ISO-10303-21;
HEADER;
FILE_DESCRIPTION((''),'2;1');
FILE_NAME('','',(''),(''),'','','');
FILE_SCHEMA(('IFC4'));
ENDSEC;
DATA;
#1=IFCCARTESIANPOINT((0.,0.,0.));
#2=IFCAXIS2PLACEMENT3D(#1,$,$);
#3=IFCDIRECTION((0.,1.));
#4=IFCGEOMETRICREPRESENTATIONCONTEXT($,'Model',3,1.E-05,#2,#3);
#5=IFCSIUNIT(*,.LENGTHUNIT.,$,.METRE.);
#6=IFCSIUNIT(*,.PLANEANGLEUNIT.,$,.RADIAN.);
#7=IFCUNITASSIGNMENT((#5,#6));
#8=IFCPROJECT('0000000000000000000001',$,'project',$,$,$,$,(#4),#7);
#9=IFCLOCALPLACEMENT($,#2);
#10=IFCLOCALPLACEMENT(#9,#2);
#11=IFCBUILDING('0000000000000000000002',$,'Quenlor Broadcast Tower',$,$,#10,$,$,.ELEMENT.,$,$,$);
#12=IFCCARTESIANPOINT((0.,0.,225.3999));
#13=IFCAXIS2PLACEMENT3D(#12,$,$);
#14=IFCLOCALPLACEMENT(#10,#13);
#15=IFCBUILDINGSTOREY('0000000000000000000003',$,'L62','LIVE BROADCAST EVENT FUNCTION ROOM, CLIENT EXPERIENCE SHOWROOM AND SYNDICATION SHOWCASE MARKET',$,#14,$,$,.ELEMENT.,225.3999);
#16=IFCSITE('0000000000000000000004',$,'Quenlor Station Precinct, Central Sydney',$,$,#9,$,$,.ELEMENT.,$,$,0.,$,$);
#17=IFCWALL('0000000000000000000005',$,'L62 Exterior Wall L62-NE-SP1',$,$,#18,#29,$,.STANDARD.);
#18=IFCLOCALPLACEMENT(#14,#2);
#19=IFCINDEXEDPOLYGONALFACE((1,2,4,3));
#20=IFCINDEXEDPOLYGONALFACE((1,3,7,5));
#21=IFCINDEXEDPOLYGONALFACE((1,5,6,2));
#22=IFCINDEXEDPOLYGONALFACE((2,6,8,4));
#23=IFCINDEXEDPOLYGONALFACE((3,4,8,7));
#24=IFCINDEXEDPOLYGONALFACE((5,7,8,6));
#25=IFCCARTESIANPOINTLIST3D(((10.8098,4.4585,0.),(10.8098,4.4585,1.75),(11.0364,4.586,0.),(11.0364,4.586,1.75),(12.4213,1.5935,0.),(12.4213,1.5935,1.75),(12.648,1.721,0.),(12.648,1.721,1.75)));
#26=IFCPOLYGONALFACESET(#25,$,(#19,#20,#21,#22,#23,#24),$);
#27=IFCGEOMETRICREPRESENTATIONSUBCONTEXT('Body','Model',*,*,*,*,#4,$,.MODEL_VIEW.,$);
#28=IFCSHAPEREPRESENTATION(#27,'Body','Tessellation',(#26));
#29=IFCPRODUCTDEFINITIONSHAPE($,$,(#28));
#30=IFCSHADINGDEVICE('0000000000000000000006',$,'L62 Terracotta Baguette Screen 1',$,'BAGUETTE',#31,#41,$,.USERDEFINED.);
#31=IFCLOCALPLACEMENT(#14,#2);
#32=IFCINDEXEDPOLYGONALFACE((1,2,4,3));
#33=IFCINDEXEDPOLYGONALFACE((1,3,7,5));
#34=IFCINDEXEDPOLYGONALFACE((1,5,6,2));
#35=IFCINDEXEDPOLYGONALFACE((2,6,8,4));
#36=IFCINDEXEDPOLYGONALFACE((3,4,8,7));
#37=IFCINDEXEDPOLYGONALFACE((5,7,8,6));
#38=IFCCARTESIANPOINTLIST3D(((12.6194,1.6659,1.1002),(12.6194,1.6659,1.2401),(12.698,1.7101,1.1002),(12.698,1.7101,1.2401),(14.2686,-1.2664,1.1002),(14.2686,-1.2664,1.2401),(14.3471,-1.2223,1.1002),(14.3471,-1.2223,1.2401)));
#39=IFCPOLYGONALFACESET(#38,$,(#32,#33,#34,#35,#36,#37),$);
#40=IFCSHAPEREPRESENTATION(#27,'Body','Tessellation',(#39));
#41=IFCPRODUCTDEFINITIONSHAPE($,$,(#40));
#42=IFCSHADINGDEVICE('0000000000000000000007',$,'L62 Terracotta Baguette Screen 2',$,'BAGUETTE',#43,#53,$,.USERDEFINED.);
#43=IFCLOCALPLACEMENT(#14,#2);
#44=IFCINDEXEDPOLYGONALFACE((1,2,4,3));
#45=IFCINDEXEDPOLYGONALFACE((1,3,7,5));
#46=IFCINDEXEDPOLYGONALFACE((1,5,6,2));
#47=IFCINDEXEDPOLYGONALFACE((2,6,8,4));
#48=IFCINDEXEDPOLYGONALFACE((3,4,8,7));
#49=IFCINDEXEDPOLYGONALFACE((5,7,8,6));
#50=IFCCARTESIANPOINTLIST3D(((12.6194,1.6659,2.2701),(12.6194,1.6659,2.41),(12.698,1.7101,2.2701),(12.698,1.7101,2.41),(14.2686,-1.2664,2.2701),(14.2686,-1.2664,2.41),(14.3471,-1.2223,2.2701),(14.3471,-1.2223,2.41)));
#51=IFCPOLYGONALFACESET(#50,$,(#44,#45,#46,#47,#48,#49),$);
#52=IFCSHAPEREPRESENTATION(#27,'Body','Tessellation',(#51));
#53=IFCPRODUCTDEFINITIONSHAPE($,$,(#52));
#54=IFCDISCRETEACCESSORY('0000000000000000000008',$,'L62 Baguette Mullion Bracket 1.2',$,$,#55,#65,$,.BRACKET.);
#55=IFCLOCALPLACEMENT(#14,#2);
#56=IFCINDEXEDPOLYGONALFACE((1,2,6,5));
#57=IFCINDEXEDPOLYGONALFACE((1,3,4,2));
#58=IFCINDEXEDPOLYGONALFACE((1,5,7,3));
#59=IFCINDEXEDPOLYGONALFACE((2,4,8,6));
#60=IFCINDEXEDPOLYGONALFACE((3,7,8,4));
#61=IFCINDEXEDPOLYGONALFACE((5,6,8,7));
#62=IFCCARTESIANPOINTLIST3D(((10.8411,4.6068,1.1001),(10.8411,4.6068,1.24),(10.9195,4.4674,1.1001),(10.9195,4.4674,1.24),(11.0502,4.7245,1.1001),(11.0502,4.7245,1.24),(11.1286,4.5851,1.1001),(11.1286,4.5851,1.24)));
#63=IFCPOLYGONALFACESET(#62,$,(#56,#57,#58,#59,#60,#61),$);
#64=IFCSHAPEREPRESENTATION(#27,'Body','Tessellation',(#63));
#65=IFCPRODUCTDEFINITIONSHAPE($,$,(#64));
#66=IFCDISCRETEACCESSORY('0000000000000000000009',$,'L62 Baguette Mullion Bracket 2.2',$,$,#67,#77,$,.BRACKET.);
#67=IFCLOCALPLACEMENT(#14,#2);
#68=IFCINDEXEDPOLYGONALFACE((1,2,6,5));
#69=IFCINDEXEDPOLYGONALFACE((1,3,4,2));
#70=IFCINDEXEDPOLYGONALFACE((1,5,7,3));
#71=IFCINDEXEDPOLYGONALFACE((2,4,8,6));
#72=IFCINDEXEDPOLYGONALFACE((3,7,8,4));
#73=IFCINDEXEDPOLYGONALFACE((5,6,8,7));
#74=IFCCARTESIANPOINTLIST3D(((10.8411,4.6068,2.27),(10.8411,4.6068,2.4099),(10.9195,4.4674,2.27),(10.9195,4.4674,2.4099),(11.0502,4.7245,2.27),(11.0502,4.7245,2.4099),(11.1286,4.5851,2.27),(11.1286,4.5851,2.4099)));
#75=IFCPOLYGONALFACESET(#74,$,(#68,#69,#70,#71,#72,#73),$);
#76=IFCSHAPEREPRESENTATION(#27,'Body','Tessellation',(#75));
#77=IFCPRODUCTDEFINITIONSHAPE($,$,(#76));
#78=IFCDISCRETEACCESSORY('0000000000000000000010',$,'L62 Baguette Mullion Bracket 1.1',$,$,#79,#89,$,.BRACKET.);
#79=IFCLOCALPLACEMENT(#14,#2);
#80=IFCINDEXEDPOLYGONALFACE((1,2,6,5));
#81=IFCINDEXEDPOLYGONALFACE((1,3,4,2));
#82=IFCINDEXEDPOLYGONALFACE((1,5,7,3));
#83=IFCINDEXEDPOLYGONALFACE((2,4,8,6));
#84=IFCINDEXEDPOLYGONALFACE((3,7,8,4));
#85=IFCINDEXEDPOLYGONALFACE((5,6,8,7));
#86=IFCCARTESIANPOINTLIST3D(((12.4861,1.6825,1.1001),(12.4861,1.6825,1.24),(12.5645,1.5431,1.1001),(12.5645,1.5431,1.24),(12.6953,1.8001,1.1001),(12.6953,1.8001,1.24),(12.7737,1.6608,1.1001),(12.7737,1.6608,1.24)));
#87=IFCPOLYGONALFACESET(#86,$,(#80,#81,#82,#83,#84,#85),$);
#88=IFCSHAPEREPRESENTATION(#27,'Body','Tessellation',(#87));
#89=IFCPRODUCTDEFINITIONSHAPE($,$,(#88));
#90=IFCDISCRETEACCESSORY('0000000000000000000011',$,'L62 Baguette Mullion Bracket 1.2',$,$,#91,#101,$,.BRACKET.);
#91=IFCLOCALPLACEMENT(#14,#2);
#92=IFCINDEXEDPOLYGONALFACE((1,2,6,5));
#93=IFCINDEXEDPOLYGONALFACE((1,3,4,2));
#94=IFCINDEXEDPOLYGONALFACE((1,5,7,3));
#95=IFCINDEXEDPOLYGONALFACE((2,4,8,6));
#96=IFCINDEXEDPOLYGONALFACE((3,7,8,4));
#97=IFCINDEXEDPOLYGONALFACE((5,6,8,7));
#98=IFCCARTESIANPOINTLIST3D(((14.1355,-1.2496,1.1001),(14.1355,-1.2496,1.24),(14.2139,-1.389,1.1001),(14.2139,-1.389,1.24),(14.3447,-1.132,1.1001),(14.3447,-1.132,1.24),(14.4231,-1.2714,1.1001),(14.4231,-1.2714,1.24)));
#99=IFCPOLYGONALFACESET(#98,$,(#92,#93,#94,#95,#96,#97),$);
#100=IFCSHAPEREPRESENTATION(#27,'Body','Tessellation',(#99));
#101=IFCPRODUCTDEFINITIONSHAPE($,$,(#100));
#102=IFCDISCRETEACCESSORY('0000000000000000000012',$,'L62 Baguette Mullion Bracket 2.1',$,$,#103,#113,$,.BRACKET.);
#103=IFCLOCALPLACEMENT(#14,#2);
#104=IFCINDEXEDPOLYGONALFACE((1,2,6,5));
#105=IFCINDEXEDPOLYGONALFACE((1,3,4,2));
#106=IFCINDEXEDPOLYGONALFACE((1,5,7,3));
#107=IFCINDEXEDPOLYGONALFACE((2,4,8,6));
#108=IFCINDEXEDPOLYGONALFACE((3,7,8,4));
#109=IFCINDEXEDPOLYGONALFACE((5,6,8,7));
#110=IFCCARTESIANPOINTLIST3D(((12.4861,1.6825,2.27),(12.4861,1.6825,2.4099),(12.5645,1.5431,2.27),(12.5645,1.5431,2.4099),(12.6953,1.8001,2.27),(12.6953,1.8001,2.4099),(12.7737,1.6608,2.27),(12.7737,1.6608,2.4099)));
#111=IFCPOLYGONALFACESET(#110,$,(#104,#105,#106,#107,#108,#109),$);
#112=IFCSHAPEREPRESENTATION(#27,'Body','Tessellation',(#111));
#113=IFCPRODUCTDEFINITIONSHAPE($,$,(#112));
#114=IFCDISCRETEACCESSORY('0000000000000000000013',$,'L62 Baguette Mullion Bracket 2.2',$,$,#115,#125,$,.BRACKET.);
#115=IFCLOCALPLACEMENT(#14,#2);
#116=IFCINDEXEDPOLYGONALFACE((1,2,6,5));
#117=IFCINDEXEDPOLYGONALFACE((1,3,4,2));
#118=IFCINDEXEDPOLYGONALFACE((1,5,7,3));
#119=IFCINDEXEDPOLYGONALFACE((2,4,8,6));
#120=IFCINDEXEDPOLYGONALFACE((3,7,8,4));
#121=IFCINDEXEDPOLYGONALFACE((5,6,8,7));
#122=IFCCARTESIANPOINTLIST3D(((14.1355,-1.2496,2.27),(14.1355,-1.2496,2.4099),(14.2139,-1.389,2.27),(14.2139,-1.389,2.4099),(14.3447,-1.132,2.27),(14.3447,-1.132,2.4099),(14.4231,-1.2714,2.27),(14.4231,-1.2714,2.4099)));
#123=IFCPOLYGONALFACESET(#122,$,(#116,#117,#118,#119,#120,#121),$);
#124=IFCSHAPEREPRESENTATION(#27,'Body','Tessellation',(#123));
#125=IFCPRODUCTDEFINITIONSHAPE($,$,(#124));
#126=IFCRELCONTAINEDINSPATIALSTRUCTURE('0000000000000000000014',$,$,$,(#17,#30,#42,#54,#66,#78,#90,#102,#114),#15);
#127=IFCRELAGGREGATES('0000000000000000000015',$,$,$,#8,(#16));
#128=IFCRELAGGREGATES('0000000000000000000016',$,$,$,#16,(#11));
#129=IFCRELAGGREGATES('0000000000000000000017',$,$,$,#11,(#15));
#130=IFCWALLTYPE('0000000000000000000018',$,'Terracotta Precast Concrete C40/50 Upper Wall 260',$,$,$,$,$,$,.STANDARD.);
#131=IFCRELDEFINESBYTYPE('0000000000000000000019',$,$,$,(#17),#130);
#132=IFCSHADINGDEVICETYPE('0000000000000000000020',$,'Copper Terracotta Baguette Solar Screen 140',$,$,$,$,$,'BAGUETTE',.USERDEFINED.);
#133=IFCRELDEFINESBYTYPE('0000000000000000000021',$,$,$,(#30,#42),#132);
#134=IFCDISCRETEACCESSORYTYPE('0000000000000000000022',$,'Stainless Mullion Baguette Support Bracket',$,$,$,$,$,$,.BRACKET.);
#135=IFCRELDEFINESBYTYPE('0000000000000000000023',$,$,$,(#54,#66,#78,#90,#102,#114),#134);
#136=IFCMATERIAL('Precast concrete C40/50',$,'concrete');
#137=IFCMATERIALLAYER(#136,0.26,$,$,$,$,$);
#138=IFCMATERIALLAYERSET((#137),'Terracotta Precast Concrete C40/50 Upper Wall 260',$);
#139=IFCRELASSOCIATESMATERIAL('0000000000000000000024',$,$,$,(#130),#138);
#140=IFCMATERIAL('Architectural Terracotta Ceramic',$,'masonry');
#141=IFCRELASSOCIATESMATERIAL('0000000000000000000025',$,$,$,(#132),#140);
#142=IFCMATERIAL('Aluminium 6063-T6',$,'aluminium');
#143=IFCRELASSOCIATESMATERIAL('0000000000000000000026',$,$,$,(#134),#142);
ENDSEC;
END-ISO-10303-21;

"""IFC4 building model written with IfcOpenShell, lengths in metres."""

from ifc_helpers import new_model, si_unit, direction, frame, frame_2d, origin, origin_2d, place, context, subcontext, project, spatial, rectangle, extrude, material, layer, layer_set, material_profile, profile_set, type_object, element, save


model = new_model("IFC4")

# Units and contexts
model_context = context("Model", 3, precision=1e-05, world=origin(), true_north=direction((0.0, 1.0)))
body_context = subcontext(model_context, "Body", "Model", "MODEL_VIEW")
ifc_project = project(units=[si_unit("LENGTHUNIT", "METRE"), si_unit("PLANEANGLEUNIT", "RADIAN")], contexts=[model_context])

# Site, building, storey
site_placement = place(None, origin())
site = spatial("IfcSite", under=ifc_project, at=site_placement, Name="Quenlor Station Precinct, Central Sydney", CompositionType="ELEMENT", RefElevation=0.0)
building_placement = place(site_placement, origin())
building = spatial("IfcBuilding", under=site, at=building_placement, Name="Quenlor Broadcast Tower", CompositionType="ELEMENT")
storey_placement = place(building_placement, frame((0.0, 0.0, 225.3999)))
storey = spatial("IfcBuildingStorey", under=building, at=storey_placement, Name="L62", Description="LIVE BROADCAST EVENT FUNCTION ROOM, CLIENT EXPERIENCE SHOWROOM AND SYNDICATION SHOWCASE MARKET", CompositionType="ELEMENT", Elevation=225.3999)

# Wall
ifc_material_1 = material(Name="Precast concrete C40/50", Category="concrete")
ifc_layer_1 = layer(ifc_material_1, 0.26)
ifc_layer_set_1 = layer_set([ifc_layer_1], Name="Terracotta Precast Concrete C40/50 Upper Wall 260")
wall_type_1 = type_object("IfcWallType", Name="Terracotta Precast Concrete C40/50 Upper Wall 260", PredefinedType="STANDARD", material=ifc_layer_set_1)
wall_1_placement = place(storey_placement, frame((10.9231, 4.5222, 0.0), z_axis=(0.0, 0.0, 1.0), x_axis=(0.490265, -0.871574, 0.0)))
element("IfcWall", 1, at=wall_1_placement, inside=storey, type_object=wall_type_1, Name="L62 Exterior Wall L62-NE-SP1", PredefinedType="STANDARD", context=body_context, shape_type="SweptSolid", body=[
    extrude(rectangle(XDim=3.2871, YDim=0.26, at=frame_2d((1.6436, 0.0))), origin(), (0.0, 0.0, 1.0), 1.75),
])

# Shading devices
ifc_material_2 = material(Name="Architectural Terracotta Ceramic", Category="masonry")
ifc_material_profile_1 = material_profile(ifc_material_2, rectangle(XDim=0.0901, YDim=0.1399, at=origin_2d()))
ifc_profile_set_1 = profile_set([ifc_material_profile_1], Name="Architectural Terracotta Ceramic BAG90x140")
shading_device_type = type_object("IfcShadingDeviceType", Name="Copper Terracotta Baguette Solar Screen 140", ElementType="BAGUETTE", PredefinedType="USERDEFINED", material=ifc_profile_set_1)
for number, where, z_axis, x_axis, name in (
    (2, (12.6587, 1.688, 1.1702), (0.490196, -0.871612, 0.0), (0.871612, 0.490196, 0.0), "L62 Terracotta Baguette Screen 1"),
    (3, (12.6587, 1.688, 2.3401), (0.490196, -0.871612, 0.0), (0.871612, 0.490196, 0.0), "L62 Terracotta Baguette Screen 2"),
):
    element("IfcShadingDevice", number, at=place(storey_placement, frame(where, z_axis=z_axis, x_axis=x_axis)), inside=storey, type_object=shading_device_type, Name=name, ObjectType="BAGUETTE", PredefinedType="USERDEFINED", context=body_context, shape_type="SweptSolid", body=[
        extrude(rectangle(XDim=0.0901, YDim=0.1399, at=origin_2d()), origin(), (0.0, 0.0, 1.0), 3.3643),
    ])

# Discrete accessories
ifc_material_3 = material(Name="Aluminium 6063-T6", Category="aluminium")
discrete_accessory_type = type_object("IfcDiscreteAccessoryType", Name="Stainless Mullion Baguette Support Bracket", PredefinedType="BRACKET", material=ifc_material_3)
for number, where, z_axis, x_axis, name in (
    (4, (10.9849, 4.5959, 1.1001), (0.0, 0.0, 1.0), (0.490257, -0.871578, 0.0), "L62 Baguette Mullion Bracket 1.2"),
    (5, (10.9849, 4.5959, 2.27), (0.0, 0.0, 1.0), (0.490257, -0.871578, 0.0), "L62 Baguette Mullion Bracket 2.2"),
    (6, (12.6299, 1.6716, 1.1001), (0.0, 0.0, 1.0), (0.490257, -0.871578, 0.0), "L62 Baguette Mullion Bracket 1.1"),
    (7, (14.2793, -1.2605, 1.1001), (0.0, 0.0, 1.0), (0.490257, -0.871578, 0.0), "L62 Baguette Mullion Bracket 1.2"),
    (8, (12.6299, 1.6716, 2.27), (0.0, 0.0, 1.0), (0.490257, -0.871578, 0.0), "L62 Baguette Mullion Bracket 2.1"),
    (9, (14.2793, -1.2605, 2.27), (0.0, 0.0, 1.0), (0.490257, -0.871578, 0.0), "L62 Baguette Mullion Bracket 2.2"),
):
    element("IfcDiscreteAccessory", number, at=place(storey_placement, frame(where, z_axis=z_axis, x_axis=x_axis)), inside=storey, type_object=discrete_accessory_type, Name=name, PredefinedType="BRACKET", context=body_context, shape_type="SweptSolid", body=[
        extrude(rectangle(XDim=0.1599, YDim=0.24, at=origin_2d()), origin(), (0.0, 0.0, 1.0), 0.1399),
    ])

save(model, "model.ifc")
